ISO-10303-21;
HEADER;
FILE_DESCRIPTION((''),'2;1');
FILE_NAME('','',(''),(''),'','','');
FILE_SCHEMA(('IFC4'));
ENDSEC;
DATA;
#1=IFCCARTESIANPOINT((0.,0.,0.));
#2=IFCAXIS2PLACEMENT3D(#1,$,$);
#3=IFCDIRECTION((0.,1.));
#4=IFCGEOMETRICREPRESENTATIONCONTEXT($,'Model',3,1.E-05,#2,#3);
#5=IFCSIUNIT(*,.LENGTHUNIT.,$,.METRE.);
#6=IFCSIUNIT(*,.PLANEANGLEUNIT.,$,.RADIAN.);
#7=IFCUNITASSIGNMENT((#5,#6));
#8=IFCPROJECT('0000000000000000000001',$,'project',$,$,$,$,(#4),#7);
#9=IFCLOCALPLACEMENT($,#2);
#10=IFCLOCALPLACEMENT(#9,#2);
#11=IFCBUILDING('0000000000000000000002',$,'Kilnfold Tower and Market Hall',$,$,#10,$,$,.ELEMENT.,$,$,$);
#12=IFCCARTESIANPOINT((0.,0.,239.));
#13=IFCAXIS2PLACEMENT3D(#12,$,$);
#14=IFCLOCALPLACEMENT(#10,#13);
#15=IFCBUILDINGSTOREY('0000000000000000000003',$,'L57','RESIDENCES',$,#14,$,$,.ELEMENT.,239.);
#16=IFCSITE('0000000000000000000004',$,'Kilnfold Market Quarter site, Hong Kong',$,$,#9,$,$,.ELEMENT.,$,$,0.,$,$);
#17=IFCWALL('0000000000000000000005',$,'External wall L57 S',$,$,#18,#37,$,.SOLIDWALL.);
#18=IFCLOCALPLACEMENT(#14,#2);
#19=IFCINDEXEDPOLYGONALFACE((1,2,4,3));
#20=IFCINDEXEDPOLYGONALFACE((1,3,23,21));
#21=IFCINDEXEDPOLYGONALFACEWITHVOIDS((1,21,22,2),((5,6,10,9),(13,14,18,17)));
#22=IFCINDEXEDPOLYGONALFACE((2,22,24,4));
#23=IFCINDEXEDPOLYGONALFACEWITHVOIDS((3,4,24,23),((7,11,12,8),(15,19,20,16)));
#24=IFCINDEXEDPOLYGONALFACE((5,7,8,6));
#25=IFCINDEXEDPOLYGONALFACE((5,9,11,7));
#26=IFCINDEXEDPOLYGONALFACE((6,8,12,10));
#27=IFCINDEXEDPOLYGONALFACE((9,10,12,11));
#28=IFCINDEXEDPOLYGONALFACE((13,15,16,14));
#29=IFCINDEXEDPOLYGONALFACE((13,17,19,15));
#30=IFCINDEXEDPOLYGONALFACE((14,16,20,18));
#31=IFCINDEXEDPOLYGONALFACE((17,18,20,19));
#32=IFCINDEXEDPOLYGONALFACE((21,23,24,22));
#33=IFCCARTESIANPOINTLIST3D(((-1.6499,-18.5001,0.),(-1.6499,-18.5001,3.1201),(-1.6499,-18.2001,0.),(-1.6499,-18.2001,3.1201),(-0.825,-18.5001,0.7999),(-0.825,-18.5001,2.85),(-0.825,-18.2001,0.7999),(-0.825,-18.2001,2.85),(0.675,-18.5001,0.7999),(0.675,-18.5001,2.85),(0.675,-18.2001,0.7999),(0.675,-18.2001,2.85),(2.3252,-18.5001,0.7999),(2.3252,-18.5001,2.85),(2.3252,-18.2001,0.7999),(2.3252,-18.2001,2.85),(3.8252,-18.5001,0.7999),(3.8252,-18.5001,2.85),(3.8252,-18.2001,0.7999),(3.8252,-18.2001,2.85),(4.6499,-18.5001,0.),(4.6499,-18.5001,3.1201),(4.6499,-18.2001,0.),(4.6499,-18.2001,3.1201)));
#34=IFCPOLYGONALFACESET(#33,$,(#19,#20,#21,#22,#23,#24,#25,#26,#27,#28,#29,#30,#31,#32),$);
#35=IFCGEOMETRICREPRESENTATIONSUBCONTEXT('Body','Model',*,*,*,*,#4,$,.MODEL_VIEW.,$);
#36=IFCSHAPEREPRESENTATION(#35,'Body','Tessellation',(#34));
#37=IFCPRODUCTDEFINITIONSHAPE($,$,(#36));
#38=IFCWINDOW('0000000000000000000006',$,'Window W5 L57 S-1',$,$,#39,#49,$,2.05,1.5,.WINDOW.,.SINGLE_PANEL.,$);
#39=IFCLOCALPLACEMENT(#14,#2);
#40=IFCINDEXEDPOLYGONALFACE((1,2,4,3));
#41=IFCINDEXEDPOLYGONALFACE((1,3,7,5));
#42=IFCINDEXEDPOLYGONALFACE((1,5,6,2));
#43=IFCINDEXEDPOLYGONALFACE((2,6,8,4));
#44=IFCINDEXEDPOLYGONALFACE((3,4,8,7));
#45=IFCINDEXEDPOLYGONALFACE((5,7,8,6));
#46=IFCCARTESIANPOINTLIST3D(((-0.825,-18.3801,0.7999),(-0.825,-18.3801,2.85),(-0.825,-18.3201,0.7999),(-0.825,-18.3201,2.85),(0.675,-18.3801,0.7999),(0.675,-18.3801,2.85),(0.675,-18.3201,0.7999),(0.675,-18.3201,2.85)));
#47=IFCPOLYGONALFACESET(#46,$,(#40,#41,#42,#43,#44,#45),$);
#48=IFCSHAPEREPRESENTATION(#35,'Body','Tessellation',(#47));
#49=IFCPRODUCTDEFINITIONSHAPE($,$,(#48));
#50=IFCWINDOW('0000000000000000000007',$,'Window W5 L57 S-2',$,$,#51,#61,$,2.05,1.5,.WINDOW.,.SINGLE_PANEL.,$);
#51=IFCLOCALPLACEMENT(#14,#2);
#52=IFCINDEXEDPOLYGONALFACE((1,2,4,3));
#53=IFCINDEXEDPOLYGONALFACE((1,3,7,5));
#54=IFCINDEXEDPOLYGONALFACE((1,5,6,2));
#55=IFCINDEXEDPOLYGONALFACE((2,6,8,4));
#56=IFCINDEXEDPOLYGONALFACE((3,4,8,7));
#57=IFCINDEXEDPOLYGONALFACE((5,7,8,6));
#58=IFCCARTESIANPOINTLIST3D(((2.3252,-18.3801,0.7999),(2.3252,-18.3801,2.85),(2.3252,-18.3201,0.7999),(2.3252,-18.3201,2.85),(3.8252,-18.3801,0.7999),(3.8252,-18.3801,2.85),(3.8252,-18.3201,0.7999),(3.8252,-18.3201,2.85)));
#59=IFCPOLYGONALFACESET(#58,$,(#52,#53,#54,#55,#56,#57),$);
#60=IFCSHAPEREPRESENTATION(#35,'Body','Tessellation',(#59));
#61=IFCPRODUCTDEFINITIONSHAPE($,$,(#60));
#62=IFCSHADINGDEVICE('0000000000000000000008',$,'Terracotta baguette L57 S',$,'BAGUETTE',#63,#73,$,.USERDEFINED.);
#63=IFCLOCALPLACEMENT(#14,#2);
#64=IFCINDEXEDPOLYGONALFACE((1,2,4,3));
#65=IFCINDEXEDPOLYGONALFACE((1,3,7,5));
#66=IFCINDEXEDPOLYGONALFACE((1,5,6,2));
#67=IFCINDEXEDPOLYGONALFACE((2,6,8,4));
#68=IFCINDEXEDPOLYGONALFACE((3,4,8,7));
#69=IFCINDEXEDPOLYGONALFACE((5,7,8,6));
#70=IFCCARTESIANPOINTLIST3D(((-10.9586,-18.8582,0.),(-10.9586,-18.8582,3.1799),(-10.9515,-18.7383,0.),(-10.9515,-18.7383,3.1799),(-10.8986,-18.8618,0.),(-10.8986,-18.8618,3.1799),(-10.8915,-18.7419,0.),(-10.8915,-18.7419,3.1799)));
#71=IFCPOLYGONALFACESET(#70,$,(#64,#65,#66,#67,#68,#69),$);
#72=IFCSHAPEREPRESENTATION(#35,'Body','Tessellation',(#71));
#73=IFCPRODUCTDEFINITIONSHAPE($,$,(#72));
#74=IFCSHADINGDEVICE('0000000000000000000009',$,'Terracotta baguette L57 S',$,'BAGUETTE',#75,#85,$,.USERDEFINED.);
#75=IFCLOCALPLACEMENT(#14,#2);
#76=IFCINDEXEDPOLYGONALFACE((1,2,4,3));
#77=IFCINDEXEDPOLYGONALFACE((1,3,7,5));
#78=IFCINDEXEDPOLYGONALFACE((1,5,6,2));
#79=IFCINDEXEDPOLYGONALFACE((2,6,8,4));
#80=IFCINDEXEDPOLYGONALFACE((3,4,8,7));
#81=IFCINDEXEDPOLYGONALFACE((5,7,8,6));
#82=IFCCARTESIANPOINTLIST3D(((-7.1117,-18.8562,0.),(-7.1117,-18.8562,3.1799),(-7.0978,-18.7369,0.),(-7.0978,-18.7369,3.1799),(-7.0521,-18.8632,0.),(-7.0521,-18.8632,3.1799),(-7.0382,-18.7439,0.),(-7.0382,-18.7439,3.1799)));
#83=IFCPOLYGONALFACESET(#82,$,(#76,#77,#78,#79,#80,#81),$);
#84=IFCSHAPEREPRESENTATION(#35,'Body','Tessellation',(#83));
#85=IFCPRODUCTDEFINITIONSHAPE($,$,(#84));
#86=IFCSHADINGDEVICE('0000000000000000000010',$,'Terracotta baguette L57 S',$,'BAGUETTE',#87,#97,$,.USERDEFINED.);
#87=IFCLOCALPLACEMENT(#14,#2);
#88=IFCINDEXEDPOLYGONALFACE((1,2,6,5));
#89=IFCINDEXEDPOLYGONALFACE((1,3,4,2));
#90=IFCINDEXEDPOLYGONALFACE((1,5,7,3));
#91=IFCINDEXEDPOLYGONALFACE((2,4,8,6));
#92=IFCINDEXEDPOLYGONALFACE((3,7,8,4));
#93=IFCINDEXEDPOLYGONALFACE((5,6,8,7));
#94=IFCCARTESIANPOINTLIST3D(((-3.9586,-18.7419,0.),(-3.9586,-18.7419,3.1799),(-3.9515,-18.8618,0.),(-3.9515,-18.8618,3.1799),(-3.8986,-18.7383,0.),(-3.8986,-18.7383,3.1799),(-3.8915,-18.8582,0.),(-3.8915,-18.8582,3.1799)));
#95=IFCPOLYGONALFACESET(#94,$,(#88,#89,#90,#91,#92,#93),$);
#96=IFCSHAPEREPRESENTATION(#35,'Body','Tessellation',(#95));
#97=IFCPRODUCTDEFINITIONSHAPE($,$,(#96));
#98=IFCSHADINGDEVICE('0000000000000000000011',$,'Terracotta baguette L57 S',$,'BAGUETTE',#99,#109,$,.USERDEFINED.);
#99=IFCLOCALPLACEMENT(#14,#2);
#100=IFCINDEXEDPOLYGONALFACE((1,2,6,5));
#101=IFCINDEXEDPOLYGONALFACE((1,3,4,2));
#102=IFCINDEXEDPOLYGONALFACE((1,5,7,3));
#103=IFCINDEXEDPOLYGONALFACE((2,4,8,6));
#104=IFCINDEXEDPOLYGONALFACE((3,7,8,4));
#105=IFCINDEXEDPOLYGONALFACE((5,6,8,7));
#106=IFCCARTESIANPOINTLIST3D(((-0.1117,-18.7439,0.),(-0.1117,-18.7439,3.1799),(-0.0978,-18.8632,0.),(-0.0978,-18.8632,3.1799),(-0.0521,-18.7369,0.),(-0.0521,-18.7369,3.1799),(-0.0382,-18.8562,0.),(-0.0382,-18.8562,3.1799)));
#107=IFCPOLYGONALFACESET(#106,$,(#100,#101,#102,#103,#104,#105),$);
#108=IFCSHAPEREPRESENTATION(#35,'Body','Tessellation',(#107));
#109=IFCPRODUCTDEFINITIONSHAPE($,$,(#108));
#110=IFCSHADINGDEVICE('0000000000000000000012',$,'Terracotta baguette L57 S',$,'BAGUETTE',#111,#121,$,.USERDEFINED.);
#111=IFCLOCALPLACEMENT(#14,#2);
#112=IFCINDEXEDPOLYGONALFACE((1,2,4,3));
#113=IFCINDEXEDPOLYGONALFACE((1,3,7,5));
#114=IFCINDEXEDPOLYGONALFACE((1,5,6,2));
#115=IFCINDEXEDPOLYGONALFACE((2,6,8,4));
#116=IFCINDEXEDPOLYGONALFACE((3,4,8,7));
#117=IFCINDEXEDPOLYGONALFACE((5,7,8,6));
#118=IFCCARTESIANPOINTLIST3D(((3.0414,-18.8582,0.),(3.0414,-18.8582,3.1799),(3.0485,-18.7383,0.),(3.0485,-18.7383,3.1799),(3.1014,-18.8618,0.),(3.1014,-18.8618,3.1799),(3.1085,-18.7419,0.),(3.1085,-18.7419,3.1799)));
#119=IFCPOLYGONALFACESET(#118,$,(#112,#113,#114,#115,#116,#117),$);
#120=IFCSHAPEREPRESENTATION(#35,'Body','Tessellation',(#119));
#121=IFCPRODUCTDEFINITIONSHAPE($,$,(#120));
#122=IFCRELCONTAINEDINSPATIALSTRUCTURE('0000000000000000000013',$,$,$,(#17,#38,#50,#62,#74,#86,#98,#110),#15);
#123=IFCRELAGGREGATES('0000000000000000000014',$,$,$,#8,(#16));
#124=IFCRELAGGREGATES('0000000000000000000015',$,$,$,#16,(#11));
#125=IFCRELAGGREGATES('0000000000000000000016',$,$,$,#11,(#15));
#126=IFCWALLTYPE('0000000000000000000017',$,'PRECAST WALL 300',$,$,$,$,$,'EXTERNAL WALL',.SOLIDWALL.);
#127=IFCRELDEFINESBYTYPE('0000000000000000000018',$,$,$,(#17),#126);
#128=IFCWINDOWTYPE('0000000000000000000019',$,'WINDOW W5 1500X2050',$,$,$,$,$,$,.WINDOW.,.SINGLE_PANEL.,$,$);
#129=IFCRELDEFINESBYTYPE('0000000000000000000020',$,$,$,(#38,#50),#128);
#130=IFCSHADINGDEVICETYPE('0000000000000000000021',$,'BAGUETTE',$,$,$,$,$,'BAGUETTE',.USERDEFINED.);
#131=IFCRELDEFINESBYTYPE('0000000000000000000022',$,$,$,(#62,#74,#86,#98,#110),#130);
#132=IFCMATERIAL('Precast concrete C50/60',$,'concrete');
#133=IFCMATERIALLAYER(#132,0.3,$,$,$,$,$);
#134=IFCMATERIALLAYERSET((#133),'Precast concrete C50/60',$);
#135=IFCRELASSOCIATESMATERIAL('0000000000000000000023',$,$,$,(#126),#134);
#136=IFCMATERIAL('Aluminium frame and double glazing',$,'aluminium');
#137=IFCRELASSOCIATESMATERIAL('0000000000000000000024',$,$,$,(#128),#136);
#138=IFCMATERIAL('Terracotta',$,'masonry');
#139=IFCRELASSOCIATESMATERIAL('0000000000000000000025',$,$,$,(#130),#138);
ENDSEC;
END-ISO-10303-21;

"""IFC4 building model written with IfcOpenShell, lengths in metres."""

from ifc_helpers import new_model, si_unit, direction, frame, frame_2d, origin, origin_2d, place, context, subcontext, project, spatial, rectangle, extrude, source, transform, mapped, material, layer, layer_set, material_profile, profile_set, type_object, element, fill, save


model = new_model("IFC4")

# Units and contexts
model_context = context("Model", 3, precision=1e-05, world=origin(), true_north=direction((0.0, 1.0)))
body_context = subcontext(model_context, "Body", "Model", "MODEL_VIEW")
ifc_project = project(units=[si_unit("LENGTHUNIT", "METRE"), si_unit("PLANEANGLEUNIT", "RADIAN")], contexts=[model_context])

# Site, building, storey
site_placement = place(None, origin())
site = spatial("IfcSite", under=ifc_project, at=site_placement, Name="Kilnfold Market Quarter site, Hong Kong", CompositionType="ELEMENT", RefElevation=0.0)
building_placement = place(site_placement, origin())
building = spatial("IfcBuilding", under=site, at=building_placement, Name="Kilnfold Tower and Market Hall", CompositionType="ELEMENT")
storey_placement = place(building_placement, frame((0.0, 0.0, 239.0)))
storey = spatial("IfcBuildingStorey", under=building, at=storey_placement, Name="L57", Description="RESIDENCES", CompositionType="ELEMENT", Elevation=239.0)

# Wall, openings, windows
ifc_material_1 = material(Name="Precast concrete C50/60", Category="concrete")
ifc_layer_1 = layer(ifc_material_1, 0.3)
ifc_layer_set_1 = layer_set([ifc_layer_1], Name="Precast concrete C50/60")
wall_type_1 = type_object("IfcWallType", Name="PRECAST WALL 300", ElementType="EXTERNAL WALL", PredefinedType="SOLIDWALL", material=ifc_layer_set_1)
shared_shape_1 = source(origin(), body_context, "Body", "SweptSolid", [
    extrude(rectangle(XDim=6.2998, YDim=0.3, at=frame_2d((3.1499, 0.0))), origin(), (0.0, 0.0, 1.0), 3.1201),
])
ifc_material_2 = material(Name="Aluminium frame and double glazing", Category="aluminium")
window_type = type_object("IfcWindowType", Name="WINDOW W5 1500X2050", PartitioningType="SINGLE_PANEL", PredefinedType="WINDOW", material=ifc_material_2)
wall_1_placement = place(storey_placement, frame((-1.6499, -18.3501, 0.0), z_axis=(0.0, 0.0, 1.0), x_axis=(1.0, 0.0, 0.0)))
wall_1 = element("IfcWall", 1, at=wall_1_placement, inside=storey, type_object=wall_type_1, Name="External wall L57 S", PredefinedType="SOLIDWALL", context=body_context, shape_type="MappedRepresentation", body=[
    mapped(shared_shape_1, transform((0.0, 0.0, 0.0))),
])
opening_1_placement = place(wall_1_placement, frame((0.825, 0.0, 0.8)))
opening_1 = element("IfcOpeningElement", 2, at=opening_1_placement, cuts=wall_1, PredefinedType="OPENING", context=body_context, shape_type="SweptSolid", body=[
    extrude(rectangle(XDim=1.5, YDim=2.05, at=frame_2d((0.75, 1.0249))), frame((0.0, 0.1602, 0.0), z_axis=(0.0, -1.0, 0.0), x_axis=(1.0, 0.0, 0.0)), (0.0, 0.0, 1.0), 0.3201),
])
opening_2_placement = place(wall_1_placement, frame((3.9751, 0.0, 0.8)))
opening_2 = element("IfcOpeningElement", 3, at=opening_2_placement, cuts=wall_1, PredefinedType="OPENING", context=body_context, shape_type="SweptSolid", body=[
    extrude(rectangle(XDim=1.5, YDim=2.05, at=frame_2d((0.75, 1.0249))), frame((0.0, 0.1602, 0.0), z_axis=(0.0, -1.0, 0.0), x_axis=(1.0, 0.0, 0.0)), (0.0, 0.0, 1.0), 0.3201),
])
window_1_placement = place(opening_1_placement, origin())
window_1 = element("IfcWindow", 4, at=window_1_placement, inside=storey, type_object=window_type, Name="Window W5 L57 S-1", OverallHeight=2.05, OverallWidth=1.5, PartitioningType="SINGLE_PANEL", PredefinedType="WINDOW", context=body_context, shape_type="SweptSolid", body=[
    extrude(rectangle(XDim=1.5, YDim=2.05, at=frame_2d((0.75, 1.0249))), frame((0.0, 0.03, 0.0), z_axis=(0.0, -1.0, 0.0), x_axis=(1.0, 0.0, 0.0)), (0.0, 0.0, 1.0), 0.0601),
])
fill(opening_1, window_1)
window_2_placement = place(opening_2_placement, origin())
window_2 = element("IfcWindow", 5, at=window_2_placement, inside=storey, type_object=window_type, Name="Window W5 L57 S-2", OverallHeight=2.05, OverallWidth=1.5, PartitioningType="SINGLE_PANEL", PredefinedType="WINDOW", context=body_context, shape_type="SweptSolid", body=[
    extrude(rectangle(XDim=1.5, YDim=2.05, at=frame_2d((0.75, 1.0249))), frame((0.0, 0.03, 0.0), z_axis=(0.0, -1.0, 0.0), x_axis=(1.0, 0.0, 0.0)), (0.0, 0.0, 1.0), 0.0601),
])
fill(opening_2, window_2)

# Shading devices
ifc_material_3 = material(Name="Terracotta", Category="masonry")
ifc_material_profile_1 = material_profile(ifc_material_3, rectangle(XDim=0.0601, YDim=0.1201, at=origin_2d()), Name="BAG 60x120")
ifc_profile_set_1 = profile_set([ifc_material_profile_1], Name="Terracotta")
shading_device_type = type_object("IfcShadingDeviceType", Name="BAGUETTE", ElementType="BAGUETTE", PredefinedType="USERDEFINED", material=ifc_profile_set_1)
shared_shape_2 = source(origin(), body_context, "Body", "SweptSolid", [
    extrude(rectangle(XDim=0.0601, YDim=0.1201, at=origin_2d()), origin(), (0.0, 0.0, 1.0), 3.1799),
])
for number, where, z_axis, x_axis, name in (
    (6, (-10.925, -18.8, 0.0), (0.0, 0.0, 1.0), (0.998257, -0.059019, 0.0), "Terracotta baguette L57 S"),
    (7, (-7.075, -18.8, 0.0), (0.0, 0.0, 1.0), (0.993311, -0.115469, 0.0), "Terracotta baguette L57 S"),
    (8, (-3.925, -18.8, 0.0), (0.0, 0.0, 1.0), (0.998257, 0.059019, 0.0), "Terracotta baguette L57 S"),
    (9, (-0.075, -18.8, 0.0), (0.0, 0.0, 1.0), (0.993311, 0.115469, 0.0), "Terracotta baguette L57 S"),
    (10, (3.075, -18.8, 0.0), (0.0, 0.0, 1.0), (0.998257, -0.059019, 0.0), "Terracotta baguette L57 S"),
):
    element("IfcShadingDevice", number, at=place(storey_placement, frame(where, z_axis=z_axis, x_axis=x_axis)), inside=storey, type_object=shading_device_type, Name=name, ObjectType="BAGUETTE", PredefinedType="USERDEFINED", context=body_context, shape_type="MappedRepresentation", body=[
        mapped(shared_shape_2, transform((0.0, 0.0, 0.0))),
    ])

save(model, "model.ifc")
